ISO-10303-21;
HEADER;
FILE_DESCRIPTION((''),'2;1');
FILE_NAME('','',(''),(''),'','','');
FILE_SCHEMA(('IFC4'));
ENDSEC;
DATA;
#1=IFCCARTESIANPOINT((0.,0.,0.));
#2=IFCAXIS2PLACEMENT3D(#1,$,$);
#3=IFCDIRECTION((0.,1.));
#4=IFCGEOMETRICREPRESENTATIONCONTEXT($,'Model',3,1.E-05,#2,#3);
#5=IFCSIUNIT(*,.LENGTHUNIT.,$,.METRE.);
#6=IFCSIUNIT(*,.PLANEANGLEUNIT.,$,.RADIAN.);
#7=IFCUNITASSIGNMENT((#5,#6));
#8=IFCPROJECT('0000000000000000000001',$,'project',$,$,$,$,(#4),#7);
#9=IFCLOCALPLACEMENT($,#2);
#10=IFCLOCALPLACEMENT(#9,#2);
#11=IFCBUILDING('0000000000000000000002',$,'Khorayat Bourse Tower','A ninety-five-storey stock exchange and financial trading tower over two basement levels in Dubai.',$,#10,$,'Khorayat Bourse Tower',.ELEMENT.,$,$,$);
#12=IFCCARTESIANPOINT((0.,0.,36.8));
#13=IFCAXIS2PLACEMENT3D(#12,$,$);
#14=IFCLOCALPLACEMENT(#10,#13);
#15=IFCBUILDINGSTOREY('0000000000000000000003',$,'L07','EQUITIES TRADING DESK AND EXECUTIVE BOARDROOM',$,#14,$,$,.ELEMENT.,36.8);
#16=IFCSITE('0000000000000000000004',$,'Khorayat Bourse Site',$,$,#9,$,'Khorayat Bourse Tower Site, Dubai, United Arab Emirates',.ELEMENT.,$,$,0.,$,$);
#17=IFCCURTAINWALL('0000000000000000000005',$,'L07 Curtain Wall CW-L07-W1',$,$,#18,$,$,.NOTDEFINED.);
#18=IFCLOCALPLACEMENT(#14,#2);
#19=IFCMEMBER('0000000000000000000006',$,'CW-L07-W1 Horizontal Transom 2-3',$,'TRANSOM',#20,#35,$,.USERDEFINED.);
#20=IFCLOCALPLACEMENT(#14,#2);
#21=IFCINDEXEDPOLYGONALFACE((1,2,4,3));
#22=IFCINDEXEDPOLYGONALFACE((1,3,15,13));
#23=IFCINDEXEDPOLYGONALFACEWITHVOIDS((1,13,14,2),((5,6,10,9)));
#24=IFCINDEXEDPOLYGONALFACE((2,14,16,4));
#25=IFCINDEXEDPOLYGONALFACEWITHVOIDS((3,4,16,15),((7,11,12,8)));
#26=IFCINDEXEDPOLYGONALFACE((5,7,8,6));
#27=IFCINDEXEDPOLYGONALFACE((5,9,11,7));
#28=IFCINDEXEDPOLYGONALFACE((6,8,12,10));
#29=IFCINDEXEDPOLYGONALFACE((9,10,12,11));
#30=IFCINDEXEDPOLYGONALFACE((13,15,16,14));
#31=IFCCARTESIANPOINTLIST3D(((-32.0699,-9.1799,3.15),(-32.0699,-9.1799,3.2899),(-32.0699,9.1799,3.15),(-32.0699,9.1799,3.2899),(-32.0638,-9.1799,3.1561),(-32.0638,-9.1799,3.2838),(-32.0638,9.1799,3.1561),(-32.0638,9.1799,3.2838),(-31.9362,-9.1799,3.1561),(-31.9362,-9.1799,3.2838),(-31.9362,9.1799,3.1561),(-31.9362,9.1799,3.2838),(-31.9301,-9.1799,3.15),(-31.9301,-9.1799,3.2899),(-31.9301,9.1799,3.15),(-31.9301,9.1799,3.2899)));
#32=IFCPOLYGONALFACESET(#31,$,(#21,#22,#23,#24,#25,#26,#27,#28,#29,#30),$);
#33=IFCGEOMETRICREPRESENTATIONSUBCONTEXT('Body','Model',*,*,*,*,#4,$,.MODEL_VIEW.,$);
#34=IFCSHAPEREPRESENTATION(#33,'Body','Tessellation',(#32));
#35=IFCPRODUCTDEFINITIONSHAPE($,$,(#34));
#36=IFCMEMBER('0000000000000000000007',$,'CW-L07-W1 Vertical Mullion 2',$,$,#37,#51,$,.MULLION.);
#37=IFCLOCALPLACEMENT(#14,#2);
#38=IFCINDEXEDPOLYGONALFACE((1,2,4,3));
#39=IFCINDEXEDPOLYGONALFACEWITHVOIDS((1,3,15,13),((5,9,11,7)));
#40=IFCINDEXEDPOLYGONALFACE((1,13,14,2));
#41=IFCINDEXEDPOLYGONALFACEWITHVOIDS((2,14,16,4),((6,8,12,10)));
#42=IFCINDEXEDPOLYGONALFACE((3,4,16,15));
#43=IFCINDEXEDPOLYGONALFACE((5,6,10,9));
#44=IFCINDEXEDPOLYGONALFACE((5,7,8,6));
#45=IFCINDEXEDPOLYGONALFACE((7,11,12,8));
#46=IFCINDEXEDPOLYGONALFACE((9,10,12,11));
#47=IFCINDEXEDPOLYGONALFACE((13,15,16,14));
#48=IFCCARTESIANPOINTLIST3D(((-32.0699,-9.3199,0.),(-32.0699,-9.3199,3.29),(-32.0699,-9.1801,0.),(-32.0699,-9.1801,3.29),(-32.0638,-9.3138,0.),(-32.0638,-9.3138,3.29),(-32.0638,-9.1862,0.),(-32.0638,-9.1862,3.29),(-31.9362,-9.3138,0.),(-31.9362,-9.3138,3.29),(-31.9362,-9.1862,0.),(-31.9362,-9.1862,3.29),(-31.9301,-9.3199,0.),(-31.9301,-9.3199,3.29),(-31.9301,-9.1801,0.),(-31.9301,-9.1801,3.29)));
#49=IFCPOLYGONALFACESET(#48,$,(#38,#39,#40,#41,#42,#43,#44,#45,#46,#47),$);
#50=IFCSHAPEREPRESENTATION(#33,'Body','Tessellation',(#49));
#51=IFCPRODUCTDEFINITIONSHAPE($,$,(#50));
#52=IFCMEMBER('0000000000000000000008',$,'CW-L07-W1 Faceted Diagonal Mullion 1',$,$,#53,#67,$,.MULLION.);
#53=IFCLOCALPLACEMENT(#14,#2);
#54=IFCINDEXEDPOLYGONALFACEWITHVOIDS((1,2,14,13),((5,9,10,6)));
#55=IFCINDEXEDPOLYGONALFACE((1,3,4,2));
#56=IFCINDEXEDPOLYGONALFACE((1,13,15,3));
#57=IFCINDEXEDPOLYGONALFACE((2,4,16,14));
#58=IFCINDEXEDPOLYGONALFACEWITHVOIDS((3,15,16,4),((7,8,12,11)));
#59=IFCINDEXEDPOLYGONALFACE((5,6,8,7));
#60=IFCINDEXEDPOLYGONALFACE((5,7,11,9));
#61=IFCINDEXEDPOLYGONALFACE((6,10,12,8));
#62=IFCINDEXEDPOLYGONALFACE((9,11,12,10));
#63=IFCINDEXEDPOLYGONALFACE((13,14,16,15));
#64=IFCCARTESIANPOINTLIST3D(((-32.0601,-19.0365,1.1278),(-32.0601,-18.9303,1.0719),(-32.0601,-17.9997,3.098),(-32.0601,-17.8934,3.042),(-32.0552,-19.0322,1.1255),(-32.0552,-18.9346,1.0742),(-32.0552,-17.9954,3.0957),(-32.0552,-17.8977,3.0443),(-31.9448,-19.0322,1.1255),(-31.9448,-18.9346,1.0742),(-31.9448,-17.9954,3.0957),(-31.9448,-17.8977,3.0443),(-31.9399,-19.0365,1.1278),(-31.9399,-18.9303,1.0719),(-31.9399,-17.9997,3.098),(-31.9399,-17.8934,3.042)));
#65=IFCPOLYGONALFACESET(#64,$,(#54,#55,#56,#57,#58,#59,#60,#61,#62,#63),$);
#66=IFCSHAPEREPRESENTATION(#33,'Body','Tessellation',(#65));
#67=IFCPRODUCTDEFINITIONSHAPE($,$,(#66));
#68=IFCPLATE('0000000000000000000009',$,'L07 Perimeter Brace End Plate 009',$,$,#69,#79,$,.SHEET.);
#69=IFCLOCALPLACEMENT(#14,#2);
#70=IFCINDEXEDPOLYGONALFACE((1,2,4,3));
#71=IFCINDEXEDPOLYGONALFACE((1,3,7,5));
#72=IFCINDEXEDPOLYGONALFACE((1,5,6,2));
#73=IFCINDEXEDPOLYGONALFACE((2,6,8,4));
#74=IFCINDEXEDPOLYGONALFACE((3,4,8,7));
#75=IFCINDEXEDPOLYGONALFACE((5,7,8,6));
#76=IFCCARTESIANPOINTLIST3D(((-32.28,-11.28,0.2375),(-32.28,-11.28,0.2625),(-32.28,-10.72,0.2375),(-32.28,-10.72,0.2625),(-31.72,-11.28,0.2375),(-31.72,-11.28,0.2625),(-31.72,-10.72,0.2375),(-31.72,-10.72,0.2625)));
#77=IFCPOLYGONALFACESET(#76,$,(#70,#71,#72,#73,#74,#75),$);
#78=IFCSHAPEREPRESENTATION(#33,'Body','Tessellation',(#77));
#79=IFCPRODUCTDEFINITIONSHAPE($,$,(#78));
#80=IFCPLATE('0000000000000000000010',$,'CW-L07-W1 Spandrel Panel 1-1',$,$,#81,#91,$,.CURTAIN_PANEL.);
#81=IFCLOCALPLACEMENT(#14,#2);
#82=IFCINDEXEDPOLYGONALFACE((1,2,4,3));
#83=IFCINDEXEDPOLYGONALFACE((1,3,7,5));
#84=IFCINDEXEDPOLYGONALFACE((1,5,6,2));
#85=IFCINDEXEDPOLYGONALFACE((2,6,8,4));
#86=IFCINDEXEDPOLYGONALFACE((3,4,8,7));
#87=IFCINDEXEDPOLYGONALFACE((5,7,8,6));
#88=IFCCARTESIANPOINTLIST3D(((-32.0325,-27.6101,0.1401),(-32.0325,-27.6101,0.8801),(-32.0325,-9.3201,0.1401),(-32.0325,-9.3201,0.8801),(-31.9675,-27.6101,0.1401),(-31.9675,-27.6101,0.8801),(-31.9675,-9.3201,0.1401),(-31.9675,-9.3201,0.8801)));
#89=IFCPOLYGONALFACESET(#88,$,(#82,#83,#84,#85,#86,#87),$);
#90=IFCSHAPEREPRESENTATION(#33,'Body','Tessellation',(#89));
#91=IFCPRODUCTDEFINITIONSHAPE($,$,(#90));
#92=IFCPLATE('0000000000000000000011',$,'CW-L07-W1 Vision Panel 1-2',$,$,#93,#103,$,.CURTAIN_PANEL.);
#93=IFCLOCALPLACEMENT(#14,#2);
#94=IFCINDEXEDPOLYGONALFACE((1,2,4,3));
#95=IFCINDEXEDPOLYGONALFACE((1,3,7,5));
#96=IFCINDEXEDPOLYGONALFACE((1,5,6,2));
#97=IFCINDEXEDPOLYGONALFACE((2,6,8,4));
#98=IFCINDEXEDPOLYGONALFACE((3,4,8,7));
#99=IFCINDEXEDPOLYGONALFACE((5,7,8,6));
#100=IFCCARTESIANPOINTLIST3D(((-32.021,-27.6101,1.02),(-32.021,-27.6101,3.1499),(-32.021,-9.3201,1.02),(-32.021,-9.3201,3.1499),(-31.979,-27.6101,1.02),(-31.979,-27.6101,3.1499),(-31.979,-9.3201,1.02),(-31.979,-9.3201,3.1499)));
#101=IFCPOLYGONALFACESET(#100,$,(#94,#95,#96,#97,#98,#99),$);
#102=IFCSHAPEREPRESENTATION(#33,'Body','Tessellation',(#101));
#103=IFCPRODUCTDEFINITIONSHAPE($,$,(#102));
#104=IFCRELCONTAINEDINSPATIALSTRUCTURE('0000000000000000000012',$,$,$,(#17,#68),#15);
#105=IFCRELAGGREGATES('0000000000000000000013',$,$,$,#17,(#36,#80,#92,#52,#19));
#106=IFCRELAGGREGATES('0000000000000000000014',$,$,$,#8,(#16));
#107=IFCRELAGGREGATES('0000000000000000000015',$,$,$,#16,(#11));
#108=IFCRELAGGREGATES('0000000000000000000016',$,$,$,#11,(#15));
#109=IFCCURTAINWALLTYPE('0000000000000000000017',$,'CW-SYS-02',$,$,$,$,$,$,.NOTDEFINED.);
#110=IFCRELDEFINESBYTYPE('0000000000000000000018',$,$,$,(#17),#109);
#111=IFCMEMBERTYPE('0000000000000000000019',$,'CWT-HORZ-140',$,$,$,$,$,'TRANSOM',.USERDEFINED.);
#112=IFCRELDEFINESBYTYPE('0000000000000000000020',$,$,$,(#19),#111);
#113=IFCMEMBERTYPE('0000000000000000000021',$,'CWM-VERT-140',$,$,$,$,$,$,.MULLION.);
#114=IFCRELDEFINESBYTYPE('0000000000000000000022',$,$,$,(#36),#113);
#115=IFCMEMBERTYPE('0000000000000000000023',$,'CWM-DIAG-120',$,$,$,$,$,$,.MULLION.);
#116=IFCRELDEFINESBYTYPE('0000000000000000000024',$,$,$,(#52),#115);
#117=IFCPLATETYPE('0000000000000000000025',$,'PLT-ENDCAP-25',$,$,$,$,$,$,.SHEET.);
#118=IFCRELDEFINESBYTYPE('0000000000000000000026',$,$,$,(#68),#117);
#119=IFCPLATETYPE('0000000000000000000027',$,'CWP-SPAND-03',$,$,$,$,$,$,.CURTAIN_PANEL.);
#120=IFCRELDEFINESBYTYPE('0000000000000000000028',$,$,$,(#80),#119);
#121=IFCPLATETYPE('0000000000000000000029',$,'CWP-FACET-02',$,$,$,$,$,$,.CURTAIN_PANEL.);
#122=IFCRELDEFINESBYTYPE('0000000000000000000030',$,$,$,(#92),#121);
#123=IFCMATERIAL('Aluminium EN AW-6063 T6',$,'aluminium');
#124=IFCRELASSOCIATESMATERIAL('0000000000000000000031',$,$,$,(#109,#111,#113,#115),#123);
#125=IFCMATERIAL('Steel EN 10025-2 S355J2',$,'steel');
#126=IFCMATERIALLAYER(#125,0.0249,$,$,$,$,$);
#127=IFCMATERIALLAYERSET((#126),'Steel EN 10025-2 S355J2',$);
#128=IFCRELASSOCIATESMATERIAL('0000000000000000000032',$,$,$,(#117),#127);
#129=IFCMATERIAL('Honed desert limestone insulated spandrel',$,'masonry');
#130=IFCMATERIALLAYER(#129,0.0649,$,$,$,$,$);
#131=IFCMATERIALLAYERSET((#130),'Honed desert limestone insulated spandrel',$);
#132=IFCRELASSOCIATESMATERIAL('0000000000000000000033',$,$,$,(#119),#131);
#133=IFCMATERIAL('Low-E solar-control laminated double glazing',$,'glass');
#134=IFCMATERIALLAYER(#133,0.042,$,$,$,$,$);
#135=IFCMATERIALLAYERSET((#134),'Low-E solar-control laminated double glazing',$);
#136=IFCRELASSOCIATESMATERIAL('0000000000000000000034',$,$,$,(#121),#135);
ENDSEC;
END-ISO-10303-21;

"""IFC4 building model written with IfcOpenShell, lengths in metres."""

from ifc_helpers import new_model, si_unit, direction, frame, origin, origin_2d, place, context, subcontext, project, spatial, rectangle, hollow_rectangle, extrude, source, transform, mapped, material, layer, layer_set, material_profile, profile_set, type_object, element, aggregate, save


model = new_model("IFC4")

# Units and contexts
model_context = context("Model", 3, precision=1e-05, world=origin(), true_north=direction((0.0, 1.0)))
body_context = subcontext(model_context, "Body", "Model", "MODEL_VIEW")
ifc_project = project(units=[si_unit("LENGTHUNIT", "METRE"), si_unit("PLANEANGLEUNIT", "RADIAN")], contexts=[model_context])

# Site, building, storey
site_placement = place(None, origin())
site = spatial("IfcSite", under=ifc_project, at=site_placement, Name="Khorayat Bourse Site", LongName="Khorayat Bourse Tower Site, Dubai, United Arab Emirates", CompositionType="ELEMENT", RefElevation=0.0)
building_placement = place(site_placement, origin())
building = spatial("IfcBuilding", under=site, at=building_placement, Name="Khorayat Bourse Tower", Description="A ninety-five-storey stock exchange and financial trading tower over two basement levels in Dubai.", LongName="Khorayat Bourse Tower", CompositionType="ELEMENT")
storey_placement = place(building_placement, frame((0.0, 0.0, 36.8)))
storey = spatial("IfcBuildingStorey", under=building, at=storey_placement, Name="L07", Description="EQUITIES TRADING DESK AND EXECUTIVE BOARDROOM", CompositionType="ELEMENT", Elevation=36.8)

# Curtain wall, members
ifc_material_1 = material(Name="Aluminium EN AW-6063 T6", Category="aluminium")
curtain_wall_type = type_object("IfcCurtainWallType", Name="CW-SYS-02", PredefinedType="NOTDEFINED", material=ifc_material_1)
curtain_wall_placement = place(storey_placement, origin())
curtain_wall = element("IfcCurtainWall", 1, at=curtain_wall_placement, inside=storey, type_object=curtain_wall_type, Name="L07 Curtain Wall CW-L07-W1", PredefinedType="NOTDEFINED")
ifc_material_profile_1 = material_profile(ifc_material_1, hollow_rectangle(XDim=0.1399, YDim=0.1399, WallThickness=0.0061, at=origin_2d()), Name="ALU 140x140x6")
ifc_profile_set_1 = profile_set([ifc_material_profile_1], Name="Aluminium EN AW-6063 T6")
member_type_1 = type_object("IfcMemberType", Name="CWT-HORZ-140", ElementType="TRANSOM", PredefinedType="USERDEFINED", material=ifc_profile_set_1)
shared_shape_1 = source(origin(), body_context, "Body", "SweptSolid", [
    extrude(hollow_rectangle(XDim=0.1399, YDim=0.1399, WallThickness=0.0061, at=origin_2d()), origin(), (0.0, 0.0, 1.0), 18.3599),
])
member_1_placement = place(storey_placement, frame((-32.0, -9.1799, 3.22), z_axis=(0.0, 1.0, 0.0), x_axis=(-1.0, 0.0, 0.0)))
member_1 = element("IfcMember", 2, at=member_1_placement, type_object=member_type_1, Name="CW-L07-W1 Horizontal Transom 2-3", ObjectType="TRANSOM", PredefinedType="USERDEFINED", context=body_context, shape_type="MappedRepresentation", body=[
    mapped(shared_shape_1, transform((0.0, 0.0, 0.0), scale=1.0)),
])
ifc_material_profile_2 = material_profile(ifc_material_1, hollow_rectangle(XDim=0.1399, YDim=0.1399, WallThickness=0.0061, at=origin_2d()), Name="ALU 140x140x6")
ifc_profile_set_2 = profile_set([ifc_material_profile_2], Name="Aluminium EN AW-6063 T6")
member_type_2 = type_object("IfcMemberType", Name="CWM-VERT-140", PredefinedType="MULLION", material=ifc_profile_set_2)
shared_shape_2 = source(origin(), body_context, "Body", "SweptSolid", [
    extrude(hollow_rectangle(XDim=0.1399, YDim=0.1399, WallThickness=0.0061, at=origin_2d()), origin(), (0.0, 0.0, 1.0), 3.29),
])
member_2_placement = place(storey_placement, frame((-32.0, -9.25, 0.0), z_axis=(0.0, 0.0, 1.0), x_axis=(-1.0, 0.0, 0.0)))
member_2 = element("IfcMember", 3, at=member_2_placement, type_object=member_type_2, Name="CW-L07-W1 Vertical Mullion 2", PredefinedType="MULLION", context=body_context, shape_type="MappedRepresentation", body=[
    mapped(shared_shape_2, transform((0.0, 0.0, 0.0), scale=1.0)),
])
ifc_material_profile_3 = material_profile(ifc_material_1, hollow_rectangle(XDim=0.1201, YDim=0.1201, WallThickness=0.0049, at=origin_2d()), Name="ALU 120x120x5")
ifc_profile_set_3 = profile_set([ifc_material_profile_3], Name="Aluminium EN AW-6063 T6")
member_type_3 = type_object("IfcMemberType", Name="CWM-DIAG-120", PredefinedType="MULLION", material=ifc_profile_set_3)
shared_shape_3 = source(origin(), body_context, "Body", "SweptSolid", [
    extrude(hollow_rectangle(XDim=0.1201, YDim=0.1201, WallThickness=0.0049, at=origin_2d()), origin(), (0.0, 0.0, 1.0), 2.2263),
])
member_3_placement = place(storey_placement, frame((-32.0, -18.9834, 1.0999), z_axis=(0.0, 0.465715, 0.884935), x_axis=(-1.0, 0.0, 0.0)))
member_3 = element("IfcMember", 4, at=member_3_placement, type_object=member_type_3, Name="CW-L07-W1 Faceted Diagonal Mullion 1", PredefinedType="MULLION", context=body_context, shape_type="MappedRepresentation", body=[
    mapped(shared_shape_3, transform((0.0, 0.0, 0.0), scale=1.0)),
])

# Plates
ifc_material_2 = material(Name="Steel EN 10025-2 S355J2", Category="steel")
ifc_layer_1 = layer(ifc_material_2, 0.0249)
ifc_layer_set_1 = layer_set([ifc_layer_1], Name="Steel EN 10025-2 S355J2")
plate_type_1 = type_object("IfcPlateType", Name="PLT-ENDCAP-25", PredefinedType="SHEET", material=ifc_layer_set_1)
shared_shape_4 = source(origin(), body_context, "Body", "SweptSolid", [
    extrude(rectangle(XDim=0.5601, YDim=0.5601, at=origin_2d()), origin(), (0.0, 0.0, 1.0), 0.0249),
])
plate_1_placement = place(storey_placement, frame((-32.0, -11.0, 0.2375), z_axis=(0.0, 0.0, 1.0), x_axis=(1.0, 0.0, 0.0)))
element("IfcPlate", 5, at=plate_1_placement, inside=storey, type_object=plate_type_1, Name="L07 Perimeter Brace End Plate 009", PredefinedType="SHEET", context=body_context, shape_type="MappedRepresentation", body=[
    mapped(shared_shape_4, transform((0.0, 0.0, 0.0), scale=1.0)),
])
ifc_material_3 = material(Name="Honed desert limestone insulated spandrel", Category="masonry")
ifc_layer_2 = layer(ifc_material_3, 0.0649)
ifc_layer_set_2 = layer_set([ifc_layer_2], Name="Honed desert limestone insulated spandrel")
plate_type_2 = type_object("IfcPlateType", Name="CWP-SPAND-03", PredefinedType="CURTAIN_PANEL", material=ifc_layer_set_2)
shared_shape_5 = source(origin(), body_context, "Body", "SweptSolid", [
    extrude(rectangle(XDim=18.29, YDim=0.0649, at=origin_2d()), origin(), (0.0, 0.0, 1.0), 0.74),
])
plate_2_placement = place(storey_placement, frame((-32.0, -18.4651, 0.1401), z_axis=(0.0, 0.0, 1.0), x_axis=(0.0, 1.0, 0.0)))
plate_2 = element("IfcPlate", 6, at=plate_2_placement, type_object=plate_type_2, Name="CW-L07-W1 Spandrel Panel 1-1", PredefinedType="CURTAIN_PANEL", context=body_context, shape_type="MappedRepresentation", body=[
    mapped(shared_shape_5, transform((0.0, 0.0, 0.0), scale=1.0)),
])
ifc_material_4 = material(Name="Low-E solar-control laminated double glazing", Category="glass")
ifc_layer_3 = layer(ifc_material_4, 0.042)
ifc_layer_set_3 = layer_set([ifc_layer_3], Name="Low-E solar-control laminated double glazing")
plate_type_3 = type_object("IfcPlateType", Name="CWP-FACET-02", PredefinedType="CURTAIN_PANEL", material=ifc_layer_set_3)
shared_shape_6 = source(origin(), body_context, "Body", "SweptSolid", [
    extrude(rectangle(XDim=18.29, YDim=0.042, at=origin_2d()), origin(), (0.0, 0.0, 1.0), 2.1299),
])
plate_3_placement = place(storey_placement, frame((-32.0, -18.4651, 1.02), z_axis=(0.0, 0.0, 1.0), x_axis=(0.0, 1.0, 0.0)))
plate_3 = element("IfcPlate", 7, at=plate_3_placement, type_object=plate_type_3, Name="CW-L07-W1 Vision Panel 1-2", PredefinedType="CURTAIN_PANEL", context=body_context, shape_type="MappedRepresentation", body=[
    mapped(shared_shape_6, transform((0.0, 0.0, 0.0), scale=1.0)),
])
aggregate(curtain_wall, [member_2, plate_2, plate_3, member_3, member_1])

save(model, "model.ifc")
